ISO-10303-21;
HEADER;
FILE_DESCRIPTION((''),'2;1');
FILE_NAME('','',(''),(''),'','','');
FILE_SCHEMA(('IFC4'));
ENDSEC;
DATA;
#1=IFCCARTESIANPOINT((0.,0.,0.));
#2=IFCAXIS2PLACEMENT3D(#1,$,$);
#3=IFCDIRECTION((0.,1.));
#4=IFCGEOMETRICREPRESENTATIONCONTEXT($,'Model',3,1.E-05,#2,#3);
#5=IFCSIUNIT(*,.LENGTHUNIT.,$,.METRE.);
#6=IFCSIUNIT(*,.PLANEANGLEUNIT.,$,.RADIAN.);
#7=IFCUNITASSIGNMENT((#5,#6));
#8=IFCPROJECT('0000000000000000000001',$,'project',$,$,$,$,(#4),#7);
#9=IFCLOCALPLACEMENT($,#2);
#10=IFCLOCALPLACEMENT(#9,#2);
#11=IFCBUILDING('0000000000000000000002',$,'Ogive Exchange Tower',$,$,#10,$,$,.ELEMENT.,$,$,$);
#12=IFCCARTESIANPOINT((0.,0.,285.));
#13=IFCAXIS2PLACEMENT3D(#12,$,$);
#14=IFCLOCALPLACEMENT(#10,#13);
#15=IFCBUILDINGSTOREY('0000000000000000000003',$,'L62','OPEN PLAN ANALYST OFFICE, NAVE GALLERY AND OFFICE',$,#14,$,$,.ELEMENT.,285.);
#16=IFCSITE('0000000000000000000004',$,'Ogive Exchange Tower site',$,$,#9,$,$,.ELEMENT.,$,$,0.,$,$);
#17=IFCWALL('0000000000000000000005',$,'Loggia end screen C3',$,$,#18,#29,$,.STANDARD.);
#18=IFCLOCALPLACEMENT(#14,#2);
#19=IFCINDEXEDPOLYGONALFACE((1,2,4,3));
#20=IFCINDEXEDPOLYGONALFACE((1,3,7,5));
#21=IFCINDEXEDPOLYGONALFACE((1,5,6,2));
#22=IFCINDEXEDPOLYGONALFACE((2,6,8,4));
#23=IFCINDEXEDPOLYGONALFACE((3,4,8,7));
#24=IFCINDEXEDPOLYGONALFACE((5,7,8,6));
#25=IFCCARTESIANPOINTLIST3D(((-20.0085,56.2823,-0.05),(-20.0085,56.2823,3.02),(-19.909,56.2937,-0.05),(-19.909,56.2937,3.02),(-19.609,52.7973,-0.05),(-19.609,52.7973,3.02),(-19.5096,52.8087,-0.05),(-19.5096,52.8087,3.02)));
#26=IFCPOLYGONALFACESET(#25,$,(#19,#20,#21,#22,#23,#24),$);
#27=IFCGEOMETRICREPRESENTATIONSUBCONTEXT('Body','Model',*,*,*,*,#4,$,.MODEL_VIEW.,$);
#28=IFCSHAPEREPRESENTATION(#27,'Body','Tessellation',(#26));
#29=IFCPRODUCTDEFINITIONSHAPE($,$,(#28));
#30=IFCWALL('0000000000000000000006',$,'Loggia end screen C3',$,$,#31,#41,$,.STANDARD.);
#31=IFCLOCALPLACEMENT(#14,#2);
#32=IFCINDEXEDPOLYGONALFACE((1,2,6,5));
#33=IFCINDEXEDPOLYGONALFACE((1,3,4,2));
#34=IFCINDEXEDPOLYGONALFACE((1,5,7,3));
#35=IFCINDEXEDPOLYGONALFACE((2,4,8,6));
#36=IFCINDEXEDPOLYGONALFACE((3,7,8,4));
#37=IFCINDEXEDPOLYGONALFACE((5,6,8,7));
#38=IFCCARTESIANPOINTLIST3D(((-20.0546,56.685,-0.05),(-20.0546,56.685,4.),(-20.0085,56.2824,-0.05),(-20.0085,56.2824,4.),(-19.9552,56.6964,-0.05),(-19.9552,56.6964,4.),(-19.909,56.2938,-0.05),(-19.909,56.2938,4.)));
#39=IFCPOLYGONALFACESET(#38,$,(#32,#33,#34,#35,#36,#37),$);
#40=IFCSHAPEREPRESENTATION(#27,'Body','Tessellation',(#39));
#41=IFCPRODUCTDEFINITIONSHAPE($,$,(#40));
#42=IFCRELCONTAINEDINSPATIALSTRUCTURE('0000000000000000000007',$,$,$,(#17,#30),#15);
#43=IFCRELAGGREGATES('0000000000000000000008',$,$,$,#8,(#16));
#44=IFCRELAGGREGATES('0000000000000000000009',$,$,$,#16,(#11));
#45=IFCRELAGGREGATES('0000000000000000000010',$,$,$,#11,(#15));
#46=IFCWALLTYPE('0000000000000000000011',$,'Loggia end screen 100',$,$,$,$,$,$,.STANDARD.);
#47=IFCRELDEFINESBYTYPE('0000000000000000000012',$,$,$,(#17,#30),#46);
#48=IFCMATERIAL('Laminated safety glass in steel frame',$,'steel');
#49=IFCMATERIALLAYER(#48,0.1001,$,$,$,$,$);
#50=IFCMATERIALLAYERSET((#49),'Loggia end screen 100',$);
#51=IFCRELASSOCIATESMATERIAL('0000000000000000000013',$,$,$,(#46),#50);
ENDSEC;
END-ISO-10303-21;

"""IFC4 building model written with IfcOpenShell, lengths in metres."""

from ifc_helpers import new_model, si_unit, direction, frame, frame_2d, origin, place, context, subcontext, project, spatial, rectangle, extrude, material, layer, layer_set, type_object, element, save


model = new_model("IFC4")

# Units and contexts
model_context = context("Model", 3, precision=1e-05, world=origin(), true_north=direction((0.0, 1.0)))
body_context = subcontext(model_context, "Body", "Model", "MODEL_VIEW")
ifc_project = project(units=[si_unit("LENGTHUNIT", "METRE"), si_unit("PLANEANGLEUNIT", "RADIAN")], contexts=[model_context])

# Site, building, storey
site_placement = place(None, origin())
site = spatial("IfcSite", under=ifc_project, at=site_placement, Name="Ogive Exchange Tower site", CompositionType="ELEMENT", RefElevation=0.0)
building_placement = place(site_placement, origin())
building = spatial("IfcBuilding", under=site, at=building_placement, Name="Ogive Exchange Tower", CompositionType="ELEMENT")
storey_placement = place(building_placement, frame((0.0, 0.0, 285.0)))
storey = spatial("IfcBuildingStorey", under=building, at=storey_placement, Name="L62", Description="OPEN PLAN ANALYST OFFICE, NAVE GALLERY AND OFFICE", CompositionType="ELEMENT", Elevation=285.0)

# Walls
ifc_material_1 = material(Name="Laminated safety glass in steel frame", Category="steel")
ifc_layer_1 = layer(ifc_material_1, 0.1001)
ifc_layer_set_1 = layer_set([ifc_layer_1], Name="Loggia end screen 100")
wall_type_1 = type_object("IfcWallType", Name="Loggia end screen 100", PredefinedType="STANDARD", material=ifc_layer_set_1)
wall_1_placement = place(storey_placement, frame((-19.5593, 52.803, -0.05), z_axis=(0.0, 0.0, 1.0), x_axis=(-0.113861, 0.993497, 0.0)))
element("IfcWall", 1, at=wall_1_placement, inside=storey, type_object=wall_type_1, Name="Loggia end screen C3", PredefinedType="STANDARD", context=body_context, shape_type="SweptSolid", body=[
    extrude(rectangle(XDim=3.5078, YDim=0.1001, at=frame_2d((1.7539, 0.0))), origin(), (0.0, 0.0, 1.0), 3.0701),
])
wall_2_placement = place(storey_placement, frame((-19.9587, 56.2881, -0.05), z_axis=(0.0, 0.0, 1.0), x_axis=(-0.113869, 0.993496, 0.0)))
element("IfcWall", 2, at=wall_2_placement, inside=storey, type_object=wall_type_1, Name="Loggia end screen C3", PredefinedType="STANDARD", context=body_context, shape_type="SweptSolid", body=[
    extrude(rectangle(XDim=0.4053, YDim=0.1001, at=frame_2d((0.2026, 0.0))), origin(), (0.0, 0.0, 1.0), 4.05),
])

save(model, "model.ifc")
